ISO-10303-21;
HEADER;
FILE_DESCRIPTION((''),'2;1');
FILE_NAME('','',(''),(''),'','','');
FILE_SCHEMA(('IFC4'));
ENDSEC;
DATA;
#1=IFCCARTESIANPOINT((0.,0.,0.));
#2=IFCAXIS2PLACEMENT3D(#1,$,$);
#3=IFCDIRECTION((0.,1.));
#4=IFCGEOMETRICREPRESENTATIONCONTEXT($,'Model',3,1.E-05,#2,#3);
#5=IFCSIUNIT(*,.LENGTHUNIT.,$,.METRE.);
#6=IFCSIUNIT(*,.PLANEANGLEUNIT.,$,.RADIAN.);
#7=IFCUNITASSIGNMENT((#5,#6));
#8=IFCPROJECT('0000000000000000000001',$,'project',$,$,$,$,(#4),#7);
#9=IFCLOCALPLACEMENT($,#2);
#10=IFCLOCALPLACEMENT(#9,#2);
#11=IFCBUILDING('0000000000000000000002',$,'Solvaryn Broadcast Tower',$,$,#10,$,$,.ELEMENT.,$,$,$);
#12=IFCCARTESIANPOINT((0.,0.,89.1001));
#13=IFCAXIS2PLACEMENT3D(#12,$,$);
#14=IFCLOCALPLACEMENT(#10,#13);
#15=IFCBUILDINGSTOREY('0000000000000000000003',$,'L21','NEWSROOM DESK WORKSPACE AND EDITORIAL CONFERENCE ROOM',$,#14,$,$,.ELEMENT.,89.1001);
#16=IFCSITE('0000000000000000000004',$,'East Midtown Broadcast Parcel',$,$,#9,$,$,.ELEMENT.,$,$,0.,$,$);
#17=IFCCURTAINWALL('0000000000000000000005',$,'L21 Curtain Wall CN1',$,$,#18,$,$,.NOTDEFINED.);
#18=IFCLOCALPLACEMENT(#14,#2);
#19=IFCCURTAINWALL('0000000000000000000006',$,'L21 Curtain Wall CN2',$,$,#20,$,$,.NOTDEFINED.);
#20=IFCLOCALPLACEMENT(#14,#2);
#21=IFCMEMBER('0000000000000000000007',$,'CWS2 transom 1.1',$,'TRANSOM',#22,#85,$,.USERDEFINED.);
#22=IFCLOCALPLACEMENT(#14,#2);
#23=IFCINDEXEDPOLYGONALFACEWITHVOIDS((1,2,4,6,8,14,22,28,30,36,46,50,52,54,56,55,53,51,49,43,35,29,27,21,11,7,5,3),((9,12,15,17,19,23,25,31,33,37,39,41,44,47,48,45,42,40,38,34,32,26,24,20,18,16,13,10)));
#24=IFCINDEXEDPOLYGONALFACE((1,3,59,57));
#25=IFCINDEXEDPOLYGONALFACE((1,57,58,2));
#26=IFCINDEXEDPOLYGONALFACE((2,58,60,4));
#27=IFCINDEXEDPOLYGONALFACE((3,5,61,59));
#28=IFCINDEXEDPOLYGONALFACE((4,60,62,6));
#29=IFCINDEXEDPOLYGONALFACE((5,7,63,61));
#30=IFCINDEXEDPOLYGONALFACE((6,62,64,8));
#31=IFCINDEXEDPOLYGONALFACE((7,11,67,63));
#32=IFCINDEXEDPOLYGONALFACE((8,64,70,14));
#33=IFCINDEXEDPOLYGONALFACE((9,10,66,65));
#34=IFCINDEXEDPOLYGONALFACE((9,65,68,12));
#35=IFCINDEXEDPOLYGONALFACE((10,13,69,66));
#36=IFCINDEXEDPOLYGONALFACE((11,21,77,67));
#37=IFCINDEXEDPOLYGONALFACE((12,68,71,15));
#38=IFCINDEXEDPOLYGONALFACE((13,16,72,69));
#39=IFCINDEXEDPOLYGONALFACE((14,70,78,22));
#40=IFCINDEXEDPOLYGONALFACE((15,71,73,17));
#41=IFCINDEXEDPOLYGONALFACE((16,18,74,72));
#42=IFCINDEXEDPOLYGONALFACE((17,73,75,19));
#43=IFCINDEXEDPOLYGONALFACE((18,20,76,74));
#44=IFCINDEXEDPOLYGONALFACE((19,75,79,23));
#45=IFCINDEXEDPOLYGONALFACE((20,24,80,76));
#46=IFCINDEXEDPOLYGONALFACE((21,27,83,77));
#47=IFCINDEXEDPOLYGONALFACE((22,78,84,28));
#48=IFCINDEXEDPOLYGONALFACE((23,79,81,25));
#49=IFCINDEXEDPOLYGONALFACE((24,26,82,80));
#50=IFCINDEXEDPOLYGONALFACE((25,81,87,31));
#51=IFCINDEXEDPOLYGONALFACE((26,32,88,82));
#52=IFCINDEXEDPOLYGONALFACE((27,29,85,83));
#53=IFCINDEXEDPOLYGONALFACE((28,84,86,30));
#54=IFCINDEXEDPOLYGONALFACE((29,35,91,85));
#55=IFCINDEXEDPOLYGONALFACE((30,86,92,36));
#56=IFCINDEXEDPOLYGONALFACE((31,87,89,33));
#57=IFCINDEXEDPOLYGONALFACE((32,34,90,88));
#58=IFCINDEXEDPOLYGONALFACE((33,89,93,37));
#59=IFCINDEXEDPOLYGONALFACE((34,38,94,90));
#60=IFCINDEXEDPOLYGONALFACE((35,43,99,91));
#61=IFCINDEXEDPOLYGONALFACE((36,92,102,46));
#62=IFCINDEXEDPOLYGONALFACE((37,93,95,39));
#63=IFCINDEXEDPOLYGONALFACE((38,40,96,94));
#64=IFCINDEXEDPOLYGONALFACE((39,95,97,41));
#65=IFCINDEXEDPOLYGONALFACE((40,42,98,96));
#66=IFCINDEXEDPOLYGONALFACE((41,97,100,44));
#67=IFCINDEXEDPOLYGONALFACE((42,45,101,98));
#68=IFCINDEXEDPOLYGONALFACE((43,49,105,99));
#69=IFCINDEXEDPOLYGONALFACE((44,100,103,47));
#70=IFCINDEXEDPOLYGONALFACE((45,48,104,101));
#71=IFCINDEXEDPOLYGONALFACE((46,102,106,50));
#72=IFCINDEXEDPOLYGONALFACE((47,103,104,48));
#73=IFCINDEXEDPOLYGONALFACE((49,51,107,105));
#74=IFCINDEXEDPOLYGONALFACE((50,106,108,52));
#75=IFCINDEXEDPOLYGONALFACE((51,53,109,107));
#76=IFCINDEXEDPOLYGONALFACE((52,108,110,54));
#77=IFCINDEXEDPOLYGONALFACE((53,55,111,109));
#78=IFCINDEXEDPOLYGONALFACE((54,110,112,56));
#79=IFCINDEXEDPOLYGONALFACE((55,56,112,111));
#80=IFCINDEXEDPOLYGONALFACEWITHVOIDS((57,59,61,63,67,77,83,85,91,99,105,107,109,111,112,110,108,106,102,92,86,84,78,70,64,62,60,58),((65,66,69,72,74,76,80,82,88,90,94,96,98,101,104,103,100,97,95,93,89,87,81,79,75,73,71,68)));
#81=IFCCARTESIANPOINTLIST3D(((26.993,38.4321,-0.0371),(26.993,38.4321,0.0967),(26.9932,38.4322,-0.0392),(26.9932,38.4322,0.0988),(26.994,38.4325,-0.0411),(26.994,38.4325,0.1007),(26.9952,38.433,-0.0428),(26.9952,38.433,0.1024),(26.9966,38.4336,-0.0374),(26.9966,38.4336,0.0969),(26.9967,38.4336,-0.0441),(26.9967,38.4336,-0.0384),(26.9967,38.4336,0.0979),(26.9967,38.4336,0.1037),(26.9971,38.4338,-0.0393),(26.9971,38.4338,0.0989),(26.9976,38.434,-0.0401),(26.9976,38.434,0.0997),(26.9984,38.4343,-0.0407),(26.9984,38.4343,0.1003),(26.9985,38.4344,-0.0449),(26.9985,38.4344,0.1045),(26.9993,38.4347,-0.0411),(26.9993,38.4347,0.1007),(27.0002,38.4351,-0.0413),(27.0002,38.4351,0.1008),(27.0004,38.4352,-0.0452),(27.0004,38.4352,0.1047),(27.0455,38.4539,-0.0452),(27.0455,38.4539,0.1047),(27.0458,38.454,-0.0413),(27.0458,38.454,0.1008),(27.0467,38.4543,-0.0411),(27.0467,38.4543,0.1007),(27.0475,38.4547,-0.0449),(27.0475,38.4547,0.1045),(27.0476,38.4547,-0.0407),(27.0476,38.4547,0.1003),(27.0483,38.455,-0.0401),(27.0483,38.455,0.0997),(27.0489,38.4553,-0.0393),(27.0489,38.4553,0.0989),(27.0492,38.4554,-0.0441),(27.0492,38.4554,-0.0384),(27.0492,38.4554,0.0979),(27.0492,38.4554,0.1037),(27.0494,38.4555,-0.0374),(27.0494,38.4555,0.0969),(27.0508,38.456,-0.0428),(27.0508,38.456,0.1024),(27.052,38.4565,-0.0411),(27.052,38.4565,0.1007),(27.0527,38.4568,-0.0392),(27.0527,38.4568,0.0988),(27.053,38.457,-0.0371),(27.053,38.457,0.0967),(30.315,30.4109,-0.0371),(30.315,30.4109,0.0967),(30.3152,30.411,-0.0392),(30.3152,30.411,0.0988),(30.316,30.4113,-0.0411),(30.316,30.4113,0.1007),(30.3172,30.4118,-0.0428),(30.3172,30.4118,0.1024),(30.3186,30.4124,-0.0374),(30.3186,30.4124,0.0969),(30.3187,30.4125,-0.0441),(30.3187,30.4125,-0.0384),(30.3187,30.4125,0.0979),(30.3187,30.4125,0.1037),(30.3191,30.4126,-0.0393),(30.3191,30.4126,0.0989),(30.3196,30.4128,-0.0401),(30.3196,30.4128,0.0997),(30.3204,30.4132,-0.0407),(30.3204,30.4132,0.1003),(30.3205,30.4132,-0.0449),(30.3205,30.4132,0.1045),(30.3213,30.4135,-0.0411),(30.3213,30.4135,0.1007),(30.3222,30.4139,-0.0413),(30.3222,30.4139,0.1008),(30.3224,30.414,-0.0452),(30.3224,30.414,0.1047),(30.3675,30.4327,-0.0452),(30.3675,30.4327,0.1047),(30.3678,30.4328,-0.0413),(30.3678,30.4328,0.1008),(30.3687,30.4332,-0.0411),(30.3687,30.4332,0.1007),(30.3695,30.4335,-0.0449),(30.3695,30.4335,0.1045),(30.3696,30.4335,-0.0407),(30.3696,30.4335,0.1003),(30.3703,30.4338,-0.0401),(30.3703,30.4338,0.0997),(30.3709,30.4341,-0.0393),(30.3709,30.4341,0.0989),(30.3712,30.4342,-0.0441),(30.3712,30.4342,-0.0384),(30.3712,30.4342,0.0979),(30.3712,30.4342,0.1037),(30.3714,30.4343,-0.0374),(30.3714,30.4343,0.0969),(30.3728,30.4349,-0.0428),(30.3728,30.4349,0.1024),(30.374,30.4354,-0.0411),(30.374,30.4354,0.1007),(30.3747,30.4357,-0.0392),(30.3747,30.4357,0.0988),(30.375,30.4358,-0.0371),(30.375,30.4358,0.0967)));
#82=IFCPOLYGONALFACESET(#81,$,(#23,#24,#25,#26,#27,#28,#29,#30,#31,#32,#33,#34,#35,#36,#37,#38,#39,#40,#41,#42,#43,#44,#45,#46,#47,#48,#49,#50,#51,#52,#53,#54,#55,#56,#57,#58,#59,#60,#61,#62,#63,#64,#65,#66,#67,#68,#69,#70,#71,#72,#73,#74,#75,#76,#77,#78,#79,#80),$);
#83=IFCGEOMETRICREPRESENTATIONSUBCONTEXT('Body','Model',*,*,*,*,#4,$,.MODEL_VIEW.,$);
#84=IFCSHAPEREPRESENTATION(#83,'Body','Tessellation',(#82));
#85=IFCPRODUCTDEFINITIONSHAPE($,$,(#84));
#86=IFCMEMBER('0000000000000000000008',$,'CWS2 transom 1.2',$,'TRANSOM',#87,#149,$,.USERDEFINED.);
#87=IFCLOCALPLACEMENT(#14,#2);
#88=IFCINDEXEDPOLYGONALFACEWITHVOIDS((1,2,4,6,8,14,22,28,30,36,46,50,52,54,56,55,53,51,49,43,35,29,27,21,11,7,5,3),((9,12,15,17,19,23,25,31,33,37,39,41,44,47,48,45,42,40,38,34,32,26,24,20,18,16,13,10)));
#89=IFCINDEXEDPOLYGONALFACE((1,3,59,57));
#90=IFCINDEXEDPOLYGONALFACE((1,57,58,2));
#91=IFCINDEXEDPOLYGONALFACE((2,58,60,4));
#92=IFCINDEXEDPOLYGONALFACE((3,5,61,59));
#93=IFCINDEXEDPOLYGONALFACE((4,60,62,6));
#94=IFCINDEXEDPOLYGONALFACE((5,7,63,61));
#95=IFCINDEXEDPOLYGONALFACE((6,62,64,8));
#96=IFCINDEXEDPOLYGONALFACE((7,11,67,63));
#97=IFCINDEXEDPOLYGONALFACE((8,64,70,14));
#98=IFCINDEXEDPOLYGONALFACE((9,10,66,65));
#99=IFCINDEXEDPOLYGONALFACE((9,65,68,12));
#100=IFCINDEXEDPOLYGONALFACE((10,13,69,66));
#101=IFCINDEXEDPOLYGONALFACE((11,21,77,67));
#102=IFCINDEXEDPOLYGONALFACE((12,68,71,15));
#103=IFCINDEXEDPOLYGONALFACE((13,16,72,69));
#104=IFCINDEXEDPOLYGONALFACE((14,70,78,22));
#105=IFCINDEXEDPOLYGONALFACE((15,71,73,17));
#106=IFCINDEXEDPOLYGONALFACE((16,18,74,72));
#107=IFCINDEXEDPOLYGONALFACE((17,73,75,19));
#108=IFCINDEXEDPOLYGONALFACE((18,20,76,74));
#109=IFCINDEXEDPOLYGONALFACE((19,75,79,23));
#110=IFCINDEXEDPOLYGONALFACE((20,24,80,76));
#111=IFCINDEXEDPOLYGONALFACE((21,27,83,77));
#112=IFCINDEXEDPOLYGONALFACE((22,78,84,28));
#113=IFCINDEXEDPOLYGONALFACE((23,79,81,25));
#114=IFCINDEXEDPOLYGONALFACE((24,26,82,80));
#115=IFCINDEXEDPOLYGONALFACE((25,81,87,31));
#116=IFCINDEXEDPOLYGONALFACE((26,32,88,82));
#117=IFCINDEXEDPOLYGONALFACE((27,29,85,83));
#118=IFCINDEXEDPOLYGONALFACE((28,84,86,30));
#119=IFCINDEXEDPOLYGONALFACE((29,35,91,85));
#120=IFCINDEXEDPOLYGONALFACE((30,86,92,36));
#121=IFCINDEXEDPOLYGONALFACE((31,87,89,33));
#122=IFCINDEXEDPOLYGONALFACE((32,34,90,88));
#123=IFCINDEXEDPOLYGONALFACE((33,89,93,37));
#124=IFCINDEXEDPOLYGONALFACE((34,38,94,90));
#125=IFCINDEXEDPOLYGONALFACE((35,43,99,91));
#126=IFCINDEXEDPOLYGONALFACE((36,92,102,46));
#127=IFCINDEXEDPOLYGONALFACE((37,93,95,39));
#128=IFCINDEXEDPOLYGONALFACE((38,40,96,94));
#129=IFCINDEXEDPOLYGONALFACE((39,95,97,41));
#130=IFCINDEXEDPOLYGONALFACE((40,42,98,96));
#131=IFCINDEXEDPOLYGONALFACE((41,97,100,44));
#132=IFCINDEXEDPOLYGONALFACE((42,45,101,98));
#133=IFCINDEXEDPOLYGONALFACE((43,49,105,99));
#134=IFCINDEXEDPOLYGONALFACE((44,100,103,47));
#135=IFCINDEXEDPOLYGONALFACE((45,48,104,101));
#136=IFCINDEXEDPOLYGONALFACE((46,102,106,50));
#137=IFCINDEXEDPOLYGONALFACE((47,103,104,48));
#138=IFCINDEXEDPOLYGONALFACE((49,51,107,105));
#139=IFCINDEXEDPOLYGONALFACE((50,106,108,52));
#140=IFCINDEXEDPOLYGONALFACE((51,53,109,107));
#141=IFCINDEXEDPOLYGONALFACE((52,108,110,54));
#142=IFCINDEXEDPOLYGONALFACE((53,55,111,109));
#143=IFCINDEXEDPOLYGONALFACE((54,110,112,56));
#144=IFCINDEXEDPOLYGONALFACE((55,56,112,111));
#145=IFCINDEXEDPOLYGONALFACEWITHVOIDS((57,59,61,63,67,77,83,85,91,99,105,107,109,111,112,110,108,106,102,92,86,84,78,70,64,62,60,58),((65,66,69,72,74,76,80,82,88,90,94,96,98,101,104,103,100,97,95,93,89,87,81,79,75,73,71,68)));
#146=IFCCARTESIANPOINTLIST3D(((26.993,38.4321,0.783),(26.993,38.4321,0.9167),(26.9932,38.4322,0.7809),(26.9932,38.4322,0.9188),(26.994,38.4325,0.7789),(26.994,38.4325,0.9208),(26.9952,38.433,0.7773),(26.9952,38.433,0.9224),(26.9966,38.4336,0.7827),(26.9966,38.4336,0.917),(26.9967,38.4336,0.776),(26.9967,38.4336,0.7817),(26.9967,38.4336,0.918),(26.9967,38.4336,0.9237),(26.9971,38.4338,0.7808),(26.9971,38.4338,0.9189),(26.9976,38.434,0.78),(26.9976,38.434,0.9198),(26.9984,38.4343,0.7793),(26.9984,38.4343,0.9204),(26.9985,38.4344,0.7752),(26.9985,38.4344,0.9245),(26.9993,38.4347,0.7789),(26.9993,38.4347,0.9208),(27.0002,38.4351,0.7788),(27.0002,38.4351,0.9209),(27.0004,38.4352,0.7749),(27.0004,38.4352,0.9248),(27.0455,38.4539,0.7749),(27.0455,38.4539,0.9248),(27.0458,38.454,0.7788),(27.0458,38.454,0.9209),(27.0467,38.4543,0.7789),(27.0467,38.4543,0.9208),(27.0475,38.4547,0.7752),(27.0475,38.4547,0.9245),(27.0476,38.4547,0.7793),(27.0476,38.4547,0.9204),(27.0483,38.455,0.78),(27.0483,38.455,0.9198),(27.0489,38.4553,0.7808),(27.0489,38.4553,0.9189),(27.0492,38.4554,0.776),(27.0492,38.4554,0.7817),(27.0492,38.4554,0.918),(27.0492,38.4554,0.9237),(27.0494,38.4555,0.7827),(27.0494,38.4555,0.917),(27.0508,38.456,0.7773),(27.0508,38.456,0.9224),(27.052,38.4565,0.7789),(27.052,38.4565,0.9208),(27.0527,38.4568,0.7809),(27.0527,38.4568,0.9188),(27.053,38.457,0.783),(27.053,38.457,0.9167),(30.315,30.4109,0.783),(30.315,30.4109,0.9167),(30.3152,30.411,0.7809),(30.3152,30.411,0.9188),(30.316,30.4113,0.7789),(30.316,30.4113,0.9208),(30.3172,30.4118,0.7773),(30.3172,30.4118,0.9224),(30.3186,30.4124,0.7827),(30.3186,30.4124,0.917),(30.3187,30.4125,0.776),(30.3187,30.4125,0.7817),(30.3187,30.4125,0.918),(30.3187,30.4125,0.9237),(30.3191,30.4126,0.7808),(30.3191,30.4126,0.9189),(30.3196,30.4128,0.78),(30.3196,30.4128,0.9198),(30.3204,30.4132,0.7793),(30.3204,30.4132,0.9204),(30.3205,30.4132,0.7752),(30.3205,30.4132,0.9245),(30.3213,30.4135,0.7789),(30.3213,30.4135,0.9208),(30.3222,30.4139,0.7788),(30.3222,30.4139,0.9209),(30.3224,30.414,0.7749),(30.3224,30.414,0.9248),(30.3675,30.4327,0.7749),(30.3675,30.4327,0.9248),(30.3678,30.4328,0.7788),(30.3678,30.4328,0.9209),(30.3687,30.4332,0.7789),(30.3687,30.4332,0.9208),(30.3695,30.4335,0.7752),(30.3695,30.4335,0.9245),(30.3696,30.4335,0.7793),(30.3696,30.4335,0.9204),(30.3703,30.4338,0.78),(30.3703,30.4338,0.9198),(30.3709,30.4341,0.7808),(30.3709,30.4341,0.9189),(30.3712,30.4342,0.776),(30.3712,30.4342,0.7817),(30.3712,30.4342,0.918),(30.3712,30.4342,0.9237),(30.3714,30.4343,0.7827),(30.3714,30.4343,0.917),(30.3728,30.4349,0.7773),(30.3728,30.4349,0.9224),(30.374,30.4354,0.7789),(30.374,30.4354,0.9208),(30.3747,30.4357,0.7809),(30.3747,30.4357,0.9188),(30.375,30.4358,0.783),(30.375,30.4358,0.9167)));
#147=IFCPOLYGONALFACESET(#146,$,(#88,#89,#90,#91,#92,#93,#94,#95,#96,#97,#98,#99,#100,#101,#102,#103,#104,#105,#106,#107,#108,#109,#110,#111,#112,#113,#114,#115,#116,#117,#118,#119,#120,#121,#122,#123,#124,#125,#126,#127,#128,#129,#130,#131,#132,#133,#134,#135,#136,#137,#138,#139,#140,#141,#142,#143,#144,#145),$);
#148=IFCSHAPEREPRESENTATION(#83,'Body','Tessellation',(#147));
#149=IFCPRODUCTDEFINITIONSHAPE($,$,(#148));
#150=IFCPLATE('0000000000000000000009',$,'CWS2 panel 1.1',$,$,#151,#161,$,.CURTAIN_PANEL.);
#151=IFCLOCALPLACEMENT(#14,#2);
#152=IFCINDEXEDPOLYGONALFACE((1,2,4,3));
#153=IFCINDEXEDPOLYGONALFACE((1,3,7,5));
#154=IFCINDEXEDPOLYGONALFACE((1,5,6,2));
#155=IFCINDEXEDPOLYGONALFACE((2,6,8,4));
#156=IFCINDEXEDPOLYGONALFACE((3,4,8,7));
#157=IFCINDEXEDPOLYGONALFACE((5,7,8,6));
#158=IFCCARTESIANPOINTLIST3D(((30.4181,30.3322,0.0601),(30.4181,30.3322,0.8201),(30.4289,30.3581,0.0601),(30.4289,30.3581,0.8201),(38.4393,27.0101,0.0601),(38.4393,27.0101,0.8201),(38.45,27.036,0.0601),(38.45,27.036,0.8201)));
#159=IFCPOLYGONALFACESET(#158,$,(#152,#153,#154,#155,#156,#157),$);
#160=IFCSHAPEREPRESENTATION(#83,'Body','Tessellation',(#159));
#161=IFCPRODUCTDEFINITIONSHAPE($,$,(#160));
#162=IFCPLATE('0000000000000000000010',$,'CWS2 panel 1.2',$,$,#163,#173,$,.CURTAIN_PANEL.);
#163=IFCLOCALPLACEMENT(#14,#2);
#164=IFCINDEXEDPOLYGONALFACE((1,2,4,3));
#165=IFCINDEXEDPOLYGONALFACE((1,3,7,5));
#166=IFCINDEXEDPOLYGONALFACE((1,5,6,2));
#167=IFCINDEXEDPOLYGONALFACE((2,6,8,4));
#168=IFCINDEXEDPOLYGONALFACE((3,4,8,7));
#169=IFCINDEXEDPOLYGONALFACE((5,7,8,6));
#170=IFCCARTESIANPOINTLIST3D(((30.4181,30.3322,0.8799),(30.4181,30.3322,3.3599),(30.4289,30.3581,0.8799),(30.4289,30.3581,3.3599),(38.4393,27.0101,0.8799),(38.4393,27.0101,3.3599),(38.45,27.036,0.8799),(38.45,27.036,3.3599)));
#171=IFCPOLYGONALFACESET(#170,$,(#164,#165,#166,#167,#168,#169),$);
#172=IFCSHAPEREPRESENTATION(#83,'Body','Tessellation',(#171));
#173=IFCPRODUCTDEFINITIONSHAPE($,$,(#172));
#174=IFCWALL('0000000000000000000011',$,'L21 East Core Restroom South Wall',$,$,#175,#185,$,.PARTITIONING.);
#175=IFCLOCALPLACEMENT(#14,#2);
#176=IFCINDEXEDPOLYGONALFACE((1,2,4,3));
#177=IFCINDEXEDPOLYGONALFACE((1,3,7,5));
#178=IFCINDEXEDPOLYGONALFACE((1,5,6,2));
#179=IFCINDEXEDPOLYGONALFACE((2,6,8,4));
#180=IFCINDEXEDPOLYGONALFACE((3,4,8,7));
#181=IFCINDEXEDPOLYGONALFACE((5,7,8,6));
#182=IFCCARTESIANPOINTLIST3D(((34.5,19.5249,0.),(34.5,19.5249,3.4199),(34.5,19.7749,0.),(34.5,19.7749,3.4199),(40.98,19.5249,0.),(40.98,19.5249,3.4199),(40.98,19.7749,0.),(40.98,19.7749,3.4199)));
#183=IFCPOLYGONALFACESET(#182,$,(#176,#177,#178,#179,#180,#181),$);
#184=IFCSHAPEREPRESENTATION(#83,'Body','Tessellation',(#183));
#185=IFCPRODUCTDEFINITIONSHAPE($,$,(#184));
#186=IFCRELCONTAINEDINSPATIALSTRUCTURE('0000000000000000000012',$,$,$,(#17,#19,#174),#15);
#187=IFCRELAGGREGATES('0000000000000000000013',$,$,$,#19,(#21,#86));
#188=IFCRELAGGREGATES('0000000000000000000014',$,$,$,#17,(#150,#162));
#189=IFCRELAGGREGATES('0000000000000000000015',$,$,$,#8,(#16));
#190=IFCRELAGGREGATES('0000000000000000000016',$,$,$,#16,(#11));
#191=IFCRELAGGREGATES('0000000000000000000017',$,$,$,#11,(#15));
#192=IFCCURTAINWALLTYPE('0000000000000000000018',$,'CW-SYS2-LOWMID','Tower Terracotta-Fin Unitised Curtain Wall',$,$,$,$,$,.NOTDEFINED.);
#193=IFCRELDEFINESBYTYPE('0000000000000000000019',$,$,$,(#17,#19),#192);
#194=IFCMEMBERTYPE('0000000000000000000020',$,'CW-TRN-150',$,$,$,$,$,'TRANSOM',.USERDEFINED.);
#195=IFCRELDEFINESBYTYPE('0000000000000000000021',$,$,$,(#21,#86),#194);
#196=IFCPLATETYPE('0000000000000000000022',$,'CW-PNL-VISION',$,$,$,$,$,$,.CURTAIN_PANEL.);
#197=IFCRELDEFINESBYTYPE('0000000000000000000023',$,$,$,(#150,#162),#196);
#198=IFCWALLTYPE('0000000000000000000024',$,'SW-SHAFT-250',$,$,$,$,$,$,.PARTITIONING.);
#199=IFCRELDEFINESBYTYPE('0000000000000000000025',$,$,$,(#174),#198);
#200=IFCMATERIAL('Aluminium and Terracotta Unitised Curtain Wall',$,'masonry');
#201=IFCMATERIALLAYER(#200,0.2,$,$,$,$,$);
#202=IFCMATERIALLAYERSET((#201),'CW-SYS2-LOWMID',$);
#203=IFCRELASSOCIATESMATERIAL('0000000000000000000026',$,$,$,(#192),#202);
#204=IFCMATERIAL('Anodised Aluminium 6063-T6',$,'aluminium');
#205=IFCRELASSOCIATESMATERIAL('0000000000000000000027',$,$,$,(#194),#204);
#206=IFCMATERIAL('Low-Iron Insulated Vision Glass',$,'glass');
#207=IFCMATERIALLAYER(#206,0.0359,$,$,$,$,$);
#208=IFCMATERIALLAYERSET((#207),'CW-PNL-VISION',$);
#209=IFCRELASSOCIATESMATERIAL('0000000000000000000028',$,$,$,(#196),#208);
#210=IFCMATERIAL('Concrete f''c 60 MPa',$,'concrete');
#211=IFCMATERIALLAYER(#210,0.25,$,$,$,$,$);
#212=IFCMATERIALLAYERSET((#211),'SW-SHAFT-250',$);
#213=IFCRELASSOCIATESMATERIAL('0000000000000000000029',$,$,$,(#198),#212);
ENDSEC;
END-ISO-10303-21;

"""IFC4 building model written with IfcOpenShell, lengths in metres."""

from ifc_helpers import new_model, si_unit, direction, frame, frame_2d, origin, origin_2d, place, context, subcontext, project, spatial, rectangle, hollow_rectangle, extrude, material, layer, layer_set, material_profile, profile_set, type_object, element, aggregate, save


model = new_model("IFC4")

# Units and contexts
model_context = context("Model", 3, precision=1e-05, world=origin(), true_north=direction((0.0, 1.0)))
body_context = subcontext(model_context, "Body", "Model", "MODEL_VIEW")
ifc_project = project(units=[si_unit("LENGTHUNIT", "METRE"), si_unit("PLANEANGLEUNIT", "RADIAN")], contexts=[model_context])

# Site, building, storey
site_placement = place(None, origin())
site = spatial("IfcSite", under=ifc_project, at=site_placement, Name="East Midtown Broadcast Parcel", CompositionType="ELEMENT", RefElevation=0.0)
building_placement = place(site_placement, origin())
building = spatial("IfcBuilding", under=site, at=building_placement, Name="Solvaryn Broadcast Tower", CompositionType="ELEMENT")
storey_placement = place(building_placement, frame((0.0, 0.0, 89.1001)))
storey = spatial("IfcBuildingStorey", under=building, at=storey_placement, Name="L21", Description="NEWSROOM DESK WORKSPACE AND EDITORIAL CONFERENCE ROOM", CompositionType="ELEMENT", Elevation=89.1001)

# Curtain wall
ifc_material_1 = material(Name="Aluminium and Terracotta Unitised Curtain Wall", Category="masonry")
ifc_layer_1 = layer(ifc_material_1, 0.2)
ifc_layer_set_1 = layer_set([ifc_layer_1], Name="CW-SYS2-LOWMID")
curtain_wall_type = type_object("IfcCurtainWallType", Name="CW-SYS2-LOWMID", Description="Tower Terracotta-Fin Unitised Curtain Wall", PredefinedType="NOTDEFINED", material=ifc_layer_set_1)
curtain_wall_1_placement = place(storey_placement, origin())
curtain_wall_1 = element("IfcCurtainWall", 1, at=curtain_wall_1_placement, inside=storey, type_object=curtain_wall_type, Name="L21 Curtain Wall CN1", PredefinedType="NOTDEFINED")

# Curtain wall, members
curtain_wall_2_placement = place(storey_placement, origin())
curtain_wall_2 = element("IfcCurtainWall", 2, at=curtain_wall_2_placement, inside=storey, type_object=curtain_wall_type, Name="L21 Curtain Wall CN2", PredefinedType="NOTDEFINED")
ifc_material_2 = material(Name="Anodised Aluminium 6063-T6", Category="aluminium")
ifc_material_profile_1 = material_profile(ifc_material_2, hollow_rectangle(XDim=0.0649, YDim=0.1499, WallThickness=0.0039, InnerFilletRadius=0.0039, OuterFilletRadius=0.0081, at=origin_2d()))
ifc_profile_set_1 = profile_set([ifc_material_profile_1], Name="Anodised Aluminium 6063-T6")
member_type_1 = type_object("IfcMemberType", Name="CW-TRN-150", ElementType="TRANSOM", PredefinedType="USERDEFINED", material=ifc_profile_set_1)
member_1_placement = place(storey_placement, frame((30.345, 30.4233, 0.0298), z_axis=(-0.382636, 0.923899, 0.0), x_axis=(-0.923899, -0.382636, 0.0)))
member_1 = element("IfcMember", 3, at=member_1_placement, type_object=member_type_1, Name="CWS2 transom 1.1", ObjectType="TRANSOM", PredefinedType="USERDEFINED", context=body_context, shape_type="SweptSolid", body=[
    extrude(hollow_rectangle(XDim=0.0649, YDim=0.1499, WallThickness=0.0039, InnerFilletRadius=0.0039, OuterFilletRadius=0.0081, at=origin_2d()), origin(), (0.0, 0.0, 1.0), 8.6819),
])
member_2_placement = place(storey_placement, frame((30.345, 30.4233, 0.8499), z_axis=(-0.382636, 0.923899, 0.0), x_axis=(-0.923899, -0.382636, 0.0)))
member_2 = element("IfcMember", 4, at=member_2_placement, type_object=member_type_1, Name="CWS2 transom 1.2", ObjectType="TRANSOM", PredefinedType="USERDEFINED", context=body_context, shape_type="SweptSolid", body=[
    extrude(hollow_rectangle(XDim=0.0649, YDim=0.1499, WallThickness=0.0039, InnerFilletRadius=0.0039, OuterFilletRadius=0.0081, at=origin_2d()), origin(), (0.0, 0.0, 1.0), 8.6819),
])
aggregate(curtain_wall_2, [member_1, member_2])

# Plates
ifc_material_3 = material(Name="Low-Iron Insulated Vision Glass", Category="glass")
ifc_layer_2 = layer(ifc_material_3, 0.0359)
ifc_layer_set_2 = layer_set([ifc_layer_2], Name="CW-PNL-VISION")
plate_type = type_object("IfcPlateType", Name="CW-PNL-VISION", PredefinedType="CURTAIN_PANEL", material=ifc_layer_set_2)
plate_1_placement = place(storey_placement, frame((34.4341, 28.6841, 0.0601), z_axis=(0.0, 0.0, 1.0), x_axis=(-0.923895, 0.382646, 0.0)))
plate_1 = element("IfcPlate", 5, at=plate_1_placement, type_object=plate_type, Name="CWS2 panel 1.1", PredefinedType="CURTAIN_PANEL", context=body_context, shape_type="SweptSolid", body=[
    extrude(rectangle(XDim=8.6819, YDim=0.0281, at=origin_2d()), origin(), (0.0, 0.0, 1.0), 0.76),
])
plate_2_placement = place(storey_placement, frame((34.4341, 28.6841, 0.8799), z_axis=(0.0, 0.0, 1.0), x_axis=(-0.923895, 0.382646, 0.0)))
plate_2 = element("IfcPlate", 6, at=plate_2_placement, type_object=plate_type, Name="CWS2 panel 1.2", PredefinedType="CURTAIN_PANEL", context=body_context, shape_type="SweptSolid", body=[
    extrude(rectangle(XDim=8.6819, YDim=0.0281, at=origin_2d()), origin(), (0.0, 0.0, 1.0), 2.48),
])
aggregate(curtain_wall_1, [plate_1, plate_2])

# Shared definitions
ifc_material_4 = material(Name="Concrete f'c 60 MPa", Category="concrete")
ifc_layer_3 = layer(ifc_material_4, 0.25)
ifc_layer_set_3 = layer_set([ifc_layer_3], Name="SW-SHAFT-250")
wall_type_1 = type_object("IfcWallType", Name="SW-SHAFT-250", PredefinedType="PARTITIONING", material=ifc_layer_set_3)

# Wall
wall_1_placement = place(storey_placement, frame((34.5, 19.6499, 0.0), z_axis=(0.0, 0.0, 1.0), x_axis=(1.0, 0.0, 0.0)))
element("IfcWall", 7, at=wall_1_placement, inside=storey, type_object=wall_type_1, Name="L21 East Core Restroom South Wall", PredefinedType="PARTITIONING", context=body_context, shape_type="SweptSolid", body=[
    extrude(rectangle(XDim=6.48, YDim=0.25, at=frame_2d((3.24, 0.0))), origin(), (0.0, 0.0, 1.0), 3.4199),
])

save(model, "model.ifc")
